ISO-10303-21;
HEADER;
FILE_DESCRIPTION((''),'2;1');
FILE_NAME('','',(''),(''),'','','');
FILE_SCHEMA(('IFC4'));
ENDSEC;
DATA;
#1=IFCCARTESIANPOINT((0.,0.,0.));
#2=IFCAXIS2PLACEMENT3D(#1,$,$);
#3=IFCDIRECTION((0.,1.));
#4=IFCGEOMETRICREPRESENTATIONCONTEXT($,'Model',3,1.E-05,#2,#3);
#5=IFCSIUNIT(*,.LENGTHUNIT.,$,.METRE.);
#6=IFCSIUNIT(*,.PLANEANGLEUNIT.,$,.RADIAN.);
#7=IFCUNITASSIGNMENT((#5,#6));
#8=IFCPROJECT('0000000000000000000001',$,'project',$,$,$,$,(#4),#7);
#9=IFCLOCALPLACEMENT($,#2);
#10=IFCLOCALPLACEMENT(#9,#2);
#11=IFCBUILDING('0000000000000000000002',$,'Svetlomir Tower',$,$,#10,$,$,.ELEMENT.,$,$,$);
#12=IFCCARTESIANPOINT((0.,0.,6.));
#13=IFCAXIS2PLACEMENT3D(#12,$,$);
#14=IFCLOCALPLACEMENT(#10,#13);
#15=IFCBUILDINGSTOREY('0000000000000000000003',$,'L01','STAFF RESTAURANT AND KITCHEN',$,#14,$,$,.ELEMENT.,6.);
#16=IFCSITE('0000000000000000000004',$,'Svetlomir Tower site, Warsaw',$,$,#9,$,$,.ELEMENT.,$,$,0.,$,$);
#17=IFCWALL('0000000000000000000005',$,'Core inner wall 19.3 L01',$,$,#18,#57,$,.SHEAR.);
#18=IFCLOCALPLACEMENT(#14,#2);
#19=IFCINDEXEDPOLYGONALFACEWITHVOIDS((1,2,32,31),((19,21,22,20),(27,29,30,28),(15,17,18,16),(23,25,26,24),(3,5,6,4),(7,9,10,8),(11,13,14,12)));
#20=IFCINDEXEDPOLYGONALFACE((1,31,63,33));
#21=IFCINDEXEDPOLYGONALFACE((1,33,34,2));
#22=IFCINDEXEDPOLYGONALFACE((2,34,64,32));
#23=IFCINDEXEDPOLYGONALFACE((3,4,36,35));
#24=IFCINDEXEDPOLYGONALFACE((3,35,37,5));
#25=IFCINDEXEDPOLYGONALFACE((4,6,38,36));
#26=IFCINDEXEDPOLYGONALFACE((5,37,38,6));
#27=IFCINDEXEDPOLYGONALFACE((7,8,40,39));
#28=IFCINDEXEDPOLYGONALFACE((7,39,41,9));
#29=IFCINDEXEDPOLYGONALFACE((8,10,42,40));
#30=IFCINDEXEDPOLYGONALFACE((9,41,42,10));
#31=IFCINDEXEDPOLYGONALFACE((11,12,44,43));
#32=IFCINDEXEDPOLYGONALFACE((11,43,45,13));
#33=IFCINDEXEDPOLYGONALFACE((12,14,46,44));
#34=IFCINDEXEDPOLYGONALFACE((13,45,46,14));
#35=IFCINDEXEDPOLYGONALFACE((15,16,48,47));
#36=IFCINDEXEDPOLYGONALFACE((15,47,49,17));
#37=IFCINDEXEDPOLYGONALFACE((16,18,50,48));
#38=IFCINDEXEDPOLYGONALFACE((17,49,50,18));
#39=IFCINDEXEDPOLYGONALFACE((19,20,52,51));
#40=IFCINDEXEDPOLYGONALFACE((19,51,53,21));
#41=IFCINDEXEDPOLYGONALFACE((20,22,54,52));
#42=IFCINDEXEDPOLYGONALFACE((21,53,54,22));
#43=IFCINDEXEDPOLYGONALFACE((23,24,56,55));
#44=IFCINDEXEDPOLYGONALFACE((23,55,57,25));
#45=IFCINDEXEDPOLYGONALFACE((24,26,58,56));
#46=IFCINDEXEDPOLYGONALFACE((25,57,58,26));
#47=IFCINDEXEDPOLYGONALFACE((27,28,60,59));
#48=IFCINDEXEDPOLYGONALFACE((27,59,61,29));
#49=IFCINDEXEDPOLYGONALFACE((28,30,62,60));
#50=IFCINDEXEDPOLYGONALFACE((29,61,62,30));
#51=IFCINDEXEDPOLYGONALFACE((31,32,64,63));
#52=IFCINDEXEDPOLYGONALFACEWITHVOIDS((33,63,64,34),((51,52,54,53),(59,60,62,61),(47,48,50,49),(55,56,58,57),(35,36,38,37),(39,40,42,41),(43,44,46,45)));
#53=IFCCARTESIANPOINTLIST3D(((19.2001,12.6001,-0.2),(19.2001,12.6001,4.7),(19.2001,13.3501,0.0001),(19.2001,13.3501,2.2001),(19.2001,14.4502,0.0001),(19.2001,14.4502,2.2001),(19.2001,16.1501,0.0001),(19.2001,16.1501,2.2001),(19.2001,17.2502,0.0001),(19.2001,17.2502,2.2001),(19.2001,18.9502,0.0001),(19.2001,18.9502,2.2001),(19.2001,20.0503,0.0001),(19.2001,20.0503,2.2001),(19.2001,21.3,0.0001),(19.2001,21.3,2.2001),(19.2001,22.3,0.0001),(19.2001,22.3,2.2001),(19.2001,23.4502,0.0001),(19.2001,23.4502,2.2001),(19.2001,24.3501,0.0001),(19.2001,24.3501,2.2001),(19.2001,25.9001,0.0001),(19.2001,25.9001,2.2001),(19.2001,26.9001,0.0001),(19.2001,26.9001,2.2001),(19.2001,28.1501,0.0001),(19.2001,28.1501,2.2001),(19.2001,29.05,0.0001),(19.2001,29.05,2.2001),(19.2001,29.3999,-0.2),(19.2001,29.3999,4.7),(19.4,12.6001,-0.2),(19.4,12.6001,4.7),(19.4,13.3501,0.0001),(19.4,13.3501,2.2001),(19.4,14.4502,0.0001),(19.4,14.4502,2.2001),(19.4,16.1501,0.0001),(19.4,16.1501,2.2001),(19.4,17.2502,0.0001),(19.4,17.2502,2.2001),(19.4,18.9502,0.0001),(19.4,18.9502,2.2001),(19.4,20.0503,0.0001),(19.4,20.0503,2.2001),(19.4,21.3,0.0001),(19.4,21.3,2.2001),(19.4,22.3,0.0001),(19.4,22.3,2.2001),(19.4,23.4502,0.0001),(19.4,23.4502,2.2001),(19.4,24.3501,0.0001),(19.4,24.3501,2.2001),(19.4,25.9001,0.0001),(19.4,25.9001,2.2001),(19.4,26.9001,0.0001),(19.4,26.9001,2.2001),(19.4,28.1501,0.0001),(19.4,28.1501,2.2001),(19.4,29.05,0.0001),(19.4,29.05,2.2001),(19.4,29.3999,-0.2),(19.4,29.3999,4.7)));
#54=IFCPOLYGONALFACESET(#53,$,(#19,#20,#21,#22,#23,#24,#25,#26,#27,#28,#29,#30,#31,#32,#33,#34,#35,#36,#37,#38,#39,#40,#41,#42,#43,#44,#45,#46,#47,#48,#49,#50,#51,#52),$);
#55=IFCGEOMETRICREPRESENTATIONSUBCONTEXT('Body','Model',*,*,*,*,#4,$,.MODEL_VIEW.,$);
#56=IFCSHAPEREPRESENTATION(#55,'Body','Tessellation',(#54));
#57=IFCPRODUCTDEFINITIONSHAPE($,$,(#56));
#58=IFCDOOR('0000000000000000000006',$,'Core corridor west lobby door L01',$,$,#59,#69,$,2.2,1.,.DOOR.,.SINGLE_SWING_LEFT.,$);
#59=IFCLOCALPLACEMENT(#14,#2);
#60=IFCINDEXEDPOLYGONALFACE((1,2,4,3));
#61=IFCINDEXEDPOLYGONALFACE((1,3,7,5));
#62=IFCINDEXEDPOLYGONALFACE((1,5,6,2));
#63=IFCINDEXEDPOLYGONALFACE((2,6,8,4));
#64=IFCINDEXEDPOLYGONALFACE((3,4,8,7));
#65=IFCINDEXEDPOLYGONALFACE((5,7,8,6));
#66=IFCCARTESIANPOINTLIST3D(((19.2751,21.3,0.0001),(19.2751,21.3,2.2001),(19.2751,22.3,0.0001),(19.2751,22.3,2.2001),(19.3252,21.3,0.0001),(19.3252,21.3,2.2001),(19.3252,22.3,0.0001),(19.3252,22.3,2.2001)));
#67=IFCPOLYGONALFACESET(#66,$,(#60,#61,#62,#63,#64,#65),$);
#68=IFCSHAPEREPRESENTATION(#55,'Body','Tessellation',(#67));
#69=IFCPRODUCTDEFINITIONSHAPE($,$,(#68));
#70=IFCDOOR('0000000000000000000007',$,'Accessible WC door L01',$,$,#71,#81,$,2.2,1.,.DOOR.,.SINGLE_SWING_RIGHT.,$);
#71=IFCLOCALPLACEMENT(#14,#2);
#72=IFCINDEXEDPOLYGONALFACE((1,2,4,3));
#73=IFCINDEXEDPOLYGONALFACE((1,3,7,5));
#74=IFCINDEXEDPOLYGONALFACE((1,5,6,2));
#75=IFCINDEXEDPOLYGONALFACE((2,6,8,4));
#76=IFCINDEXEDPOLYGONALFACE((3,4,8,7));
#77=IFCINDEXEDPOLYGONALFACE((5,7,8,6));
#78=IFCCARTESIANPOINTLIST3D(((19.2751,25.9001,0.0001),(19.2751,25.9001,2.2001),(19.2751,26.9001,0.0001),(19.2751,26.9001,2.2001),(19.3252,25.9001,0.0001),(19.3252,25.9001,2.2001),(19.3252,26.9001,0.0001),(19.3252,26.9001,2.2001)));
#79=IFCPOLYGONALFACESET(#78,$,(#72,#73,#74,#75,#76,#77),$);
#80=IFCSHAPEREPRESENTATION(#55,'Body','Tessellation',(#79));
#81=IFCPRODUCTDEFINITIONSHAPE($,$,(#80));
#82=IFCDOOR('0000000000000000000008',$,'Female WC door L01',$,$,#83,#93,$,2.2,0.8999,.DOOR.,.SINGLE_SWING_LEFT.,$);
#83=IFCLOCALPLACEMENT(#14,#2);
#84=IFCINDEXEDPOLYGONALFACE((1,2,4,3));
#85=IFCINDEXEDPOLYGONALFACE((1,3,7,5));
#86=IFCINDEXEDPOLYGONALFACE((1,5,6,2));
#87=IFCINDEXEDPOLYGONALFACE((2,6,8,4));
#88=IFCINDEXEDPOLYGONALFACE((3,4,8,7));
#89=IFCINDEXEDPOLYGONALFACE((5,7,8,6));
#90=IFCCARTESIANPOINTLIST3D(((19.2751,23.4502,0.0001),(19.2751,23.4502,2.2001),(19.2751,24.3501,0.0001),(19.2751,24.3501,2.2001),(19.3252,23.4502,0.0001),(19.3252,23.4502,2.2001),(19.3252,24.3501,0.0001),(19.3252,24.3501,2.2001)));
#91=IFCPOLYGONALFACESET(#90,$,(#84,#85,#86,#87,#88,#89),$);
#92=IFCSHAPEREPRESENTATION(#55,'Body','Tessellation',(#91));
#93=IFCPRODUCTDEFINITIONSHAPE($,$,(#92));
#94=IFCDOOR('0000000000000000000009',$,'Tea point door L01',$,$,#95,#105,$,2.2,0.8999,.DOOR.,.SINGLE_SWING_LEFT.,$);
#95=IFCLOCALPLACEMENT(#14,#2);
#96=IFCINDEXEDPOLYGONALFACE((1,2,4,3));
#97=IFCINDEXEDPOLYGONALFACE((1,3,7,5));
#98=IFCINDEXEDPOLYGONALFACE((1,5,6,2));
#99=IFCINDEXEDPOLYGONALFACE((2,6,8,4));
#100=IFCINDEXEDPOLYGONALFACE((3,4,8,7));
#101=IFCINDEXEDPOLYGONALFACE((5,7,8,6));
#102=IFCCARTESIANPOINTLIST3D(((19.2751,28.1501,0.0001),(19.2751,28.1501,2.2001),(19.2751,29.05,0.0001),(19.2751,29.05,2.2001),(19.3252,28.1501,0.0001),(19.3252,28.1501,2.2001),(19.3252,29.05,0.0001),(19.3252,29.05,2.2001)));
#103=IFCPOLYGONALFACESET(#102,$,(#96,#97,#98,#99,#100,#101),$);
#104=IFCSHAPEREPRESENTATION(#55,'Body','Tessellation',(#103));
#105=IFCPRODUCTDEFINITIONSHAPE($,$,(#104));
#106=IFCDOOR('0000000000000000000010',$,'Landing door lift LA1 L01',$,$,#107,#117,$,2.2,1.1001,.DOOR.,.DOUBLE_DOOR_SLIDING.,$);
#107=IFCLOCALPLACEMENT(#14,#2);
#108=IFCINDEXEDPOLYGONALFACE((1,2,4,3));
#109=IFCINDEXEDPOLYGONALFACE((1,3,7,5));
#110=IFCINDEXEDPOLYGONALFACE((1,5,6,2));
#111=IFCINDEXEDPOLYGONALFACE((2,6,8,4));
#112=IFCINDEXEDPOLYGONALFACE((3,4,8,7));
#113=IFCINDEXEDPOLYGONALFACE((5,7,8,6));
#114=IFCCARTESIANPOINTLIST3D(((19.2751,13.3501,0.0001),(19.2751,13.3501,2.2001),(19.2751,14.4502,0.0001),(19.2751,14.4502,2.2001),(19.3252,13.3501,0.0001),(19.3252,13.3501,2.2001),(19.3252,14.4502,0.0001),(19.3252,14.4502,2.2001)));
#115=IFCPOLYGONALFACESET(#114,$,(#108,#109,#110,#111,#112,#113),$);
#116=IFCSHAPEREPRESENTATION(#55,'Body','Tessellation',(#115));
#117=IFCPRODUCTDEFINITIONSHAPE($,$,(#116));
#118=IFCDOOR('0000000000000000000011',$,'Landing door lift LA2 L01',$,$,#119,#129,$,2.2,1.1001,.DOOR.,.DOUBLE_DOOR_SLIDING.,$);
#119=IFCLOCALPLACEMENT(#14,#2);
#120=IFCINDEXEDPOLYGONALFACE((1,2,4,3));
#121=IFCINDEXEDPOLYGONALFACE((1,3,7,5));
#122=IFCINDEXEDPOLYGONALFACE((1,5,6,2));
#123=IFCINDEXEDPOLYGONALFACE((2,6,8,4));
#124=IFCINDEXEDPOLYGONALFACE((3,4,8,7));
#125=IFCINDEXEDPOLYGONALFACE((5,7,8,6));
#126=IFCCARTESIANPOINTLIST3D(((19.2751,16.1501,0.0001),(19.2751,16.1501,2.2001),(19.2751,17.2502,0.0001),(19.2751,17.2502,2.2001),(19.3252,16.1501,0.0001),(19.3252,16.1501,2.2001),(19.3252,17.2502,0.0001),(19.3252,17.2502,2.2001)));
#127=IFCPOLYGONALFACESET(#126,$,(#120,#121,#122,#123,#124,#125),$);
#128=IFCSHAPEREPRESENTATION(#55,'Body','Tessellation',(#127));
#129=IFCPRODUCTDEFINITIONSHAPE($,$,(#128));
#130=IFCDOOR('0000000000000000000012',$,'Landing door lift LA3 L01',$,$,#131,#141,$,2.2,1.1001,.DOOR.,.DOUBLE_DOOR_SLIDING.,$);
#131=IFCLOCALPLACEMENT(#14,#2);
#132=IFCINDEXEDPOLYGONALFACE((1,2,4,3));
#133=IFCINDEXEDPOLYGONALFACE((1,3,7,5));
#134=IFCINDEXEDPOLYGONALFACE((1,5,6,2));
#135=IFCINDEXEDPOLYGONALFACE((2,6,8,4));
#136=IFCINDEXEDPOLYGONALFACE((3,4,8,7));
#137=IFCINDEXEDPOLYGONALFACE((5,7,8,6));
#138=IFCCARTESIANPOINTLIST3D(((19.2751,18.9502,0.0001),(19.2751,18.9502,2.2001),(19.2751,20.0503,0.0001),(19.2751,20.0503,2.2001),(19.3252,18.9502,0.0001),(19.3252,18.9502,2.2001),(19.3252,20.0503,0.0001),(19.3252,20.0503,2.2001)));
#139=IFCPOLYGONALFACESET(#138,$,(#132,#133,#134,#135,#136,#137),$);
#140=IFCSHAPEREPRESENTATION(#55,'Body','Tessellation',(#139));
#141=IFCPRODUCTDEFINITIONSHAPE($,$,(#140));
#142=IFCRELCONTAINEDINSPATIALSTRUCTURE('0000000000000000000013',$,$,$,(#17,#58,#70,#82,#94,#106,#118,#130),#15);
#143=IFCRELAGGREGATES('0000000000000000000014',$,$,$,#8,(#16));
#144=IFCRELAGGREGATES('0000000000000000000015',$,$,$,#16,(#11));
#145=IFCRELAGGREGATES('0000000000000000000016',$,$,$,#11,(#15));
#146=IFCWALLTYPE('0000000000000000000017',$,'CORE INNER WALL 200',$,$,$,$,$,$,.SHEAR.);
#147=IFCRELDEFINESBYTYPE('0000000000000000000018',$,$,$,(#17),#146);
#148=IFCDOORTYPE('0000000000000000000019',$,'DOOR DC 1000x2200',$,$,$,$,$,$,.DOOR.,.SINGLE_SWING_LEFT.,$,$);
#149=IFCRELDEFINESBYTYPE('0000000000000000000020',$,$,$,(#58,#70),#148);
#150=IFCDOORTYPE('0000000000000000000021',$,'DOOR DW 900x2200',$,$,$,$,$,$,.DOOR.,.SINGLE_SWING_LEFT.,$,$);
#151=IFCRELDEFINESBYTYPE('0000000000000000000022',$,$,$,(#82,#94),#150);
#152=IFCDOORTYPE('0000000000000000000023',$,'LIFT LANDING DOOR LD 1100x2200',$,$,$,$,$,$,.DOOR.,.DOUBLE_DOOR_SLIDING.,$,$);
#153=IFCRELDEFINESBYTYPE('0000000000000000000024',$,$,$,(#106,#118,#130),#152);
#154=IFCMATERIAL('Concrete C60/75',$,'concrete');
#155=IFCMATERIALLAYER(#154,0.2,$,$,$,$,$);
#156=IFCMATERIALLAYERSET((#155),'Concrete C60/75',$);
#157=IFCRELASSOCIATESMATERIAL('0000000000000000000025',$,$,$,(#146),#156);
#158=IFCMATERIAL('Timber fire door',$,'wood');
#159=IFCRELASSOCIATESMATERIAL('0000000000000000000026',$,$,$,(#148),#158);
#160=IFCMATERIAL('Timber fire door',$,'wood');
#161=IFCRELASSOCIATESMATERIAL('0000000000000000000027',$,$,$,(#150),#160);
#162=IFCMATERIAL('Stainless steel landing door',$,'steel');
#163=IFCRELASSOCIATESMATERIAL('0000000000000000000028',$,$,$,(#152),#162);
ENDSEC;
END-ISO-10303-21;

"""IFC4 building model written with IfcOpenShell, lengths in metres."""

from ifc_helpers import new_model, si_unit, direction, frame, frame_2d, origin, place, context, subcontext, project, spatial, rectangle, extrude, material, layer, layer_set, type_object, element, fill, save


model = new_model("IFC4")

# Units and contexts
model_context = context("Model", 3, precision=1e-05, world=origin(), true_north=direction((0.0, 1.0)))
body_context = subcontext(model_context, "Body", "Model", "MODEL_VIEW")
ifc_project = project(units=[si_unit("LENGTHUNIT", "METRE"), si_unit("PLANEANGLEUNIT", "RADIAN")], contexts=[model_context])

# Site, building, storey
site_placement = place(None, origin())
site = spatial("IfcSite", under=ifc_project, at=site_placement, Name="Svetlomir Tower site, Warsaw", CompositionType="ELEMENT", RefElevation=0.0)
building_placement = place(site_placement, origin())
building = spatial("IfcBuilding", under=site, at=building_placement, Name="Svetlomir Tower", CompositionType="ELEMENT")
storey_placement = place(building_placement, frame((0.0, 0.0, 6.0)))
storey = spatial("IfcBuildingStorey", under=building, at=storey_placement, Name="L01", Description="STAFF RESTAURANT AND KITCHEN", CompositionType="ELEMENT", Elevation=6.0)

# Wall, openings, doors
ifc_material_1 = material(Name="Concrete C60/75", Category="concrete")
ifc_layer = layer(ifc_material_1, 0.2)
ifc_layer_set = layer_set([ifc_layer], Name="Concrete C60/75")
wall_type = type_object("IfcWallType", Name="CORE INNER WALL 200", PredefinedType="SHEAR", material=ifc_layer_set)
wall_1_placement = place(storey_placement, frame((19.3, 12.6001, -0.2), z_axis=(0.0, 0.0, 1.0), x_axis=(0.0, 1.0, 0.0)))
wall_1 = element("IfcWall", 1, at=wall_1_placement, inside=storey, type_object=wall_type, Name="Core inner wall 19.3 L01", PredefinedType="SHEAR", context=body_context, shape_type="SweptSolid", body=[
    extrude(rectangle(XDim=16.7998, YDim=0.2, at=frame_2d((8.3999, 0.0))), origin(), (0.0, 0.0, 1.0), 4.8999),
])
opening_1_placement = place(wall_1_placement, frame((8.7, 0.0, 0.2)))
opening_1 = element("IfcOpeningElement", 2, at=opening_1_placement, cuts=wall_1, PredefinedType="OPENING", context=body_context, shape_type="SweptSolid", body=[
    extrude(rectangle(XDim=1.0, YDim=2.2, at=frame_2d((0.5, 1.1001))), frame((0.0, 0.1099, 0.0), z_axis=(0.0, -1.0, 0.0), x_axis=(1.0, 0.0, 0.0)), (0.0, 0.0, 1.0), 0.22),
])
opening_2_placement = place(wall_1_placement, frame((10.8501, 0.0, 0.2)))
opening_2 = element("IfcOpeningElement", 3, at=opening_2_placement, cuts=wall_1, PredefinedType="OPENING", context=body_context, shape_type="SweptSolid", body=[
    extrude(rectangle(XDim=0.8999, YDim=2.2, at=frame_2d((0.45, 1.1001))), frame((0.0, 0.1099, 0.0), z_axis=(0.0, -1.0, 0.0), x_axis=(1.0, 0.0, 0.0)), (0.0, 0.0, 1.0), 0.22),
])
opening_3_placement = place(wall_1_placement, frame((13.3, 0.0, 0.2)))
opening_3 = element("IfcOpeningElement", 4, at=opening_3_placement, cuts=wall_1, PredefinedType="OPENING", context=body_context, shape_type="SweptSolid", body=[
    extrude(rectangle(XDim=1.0, YDim=2.2, at=frame_2d((0.5, 1.1001))), frame((0.0, 0.1099, 0.0), z_axis=(0.0, -1.0, 0.0), x_axis=(1.0, 0.0, 0.0)), (0.0, 0.0, 1.0), 0.22),
])
opening_4_placement = place(wall_1_placement, frame((15.55, 0.0, 0.2)))
opening_4 = element("IfcOpeningElement", 5, at=opening_4_placement, cuts=wall_1, PredefinedType="OPENING", context=body_context, shape_type="SweptSolid", body=[
    extrude(rectangle(XDim=0.8999, YDim=2.2, at=frame_2d((0.45, 1.1001))), frame((0.0, 0.1099, 0.0), z_axis=(0.0, -1.0, 0.0), x_axis=(1.0, 0.0, 0.0)), (0.0, 0.0, 1.0), 0.22),
])
opening_5_placement = place(wall_1_placement, frame((0.75, 0.0, 0.2)))
opening_5 = element("IfcOpeningElement", 6, at=opening_5_placement, cuts=wall_1, PredefinedType="OPENING", context=body_context, shape_type="SweptSolid", body=[
    extrude(rectangle(XDim=1.1001, YDim=2.2, at=frame_2d((0.55, 1.1001))), frame((0.0, 0.1099, 0.0), z_axis=(0.0, -1.0, 0.0), x_axis=(1.0, 0.0, 0.0)), (0.0, 0.0, 1.0), 0.22),
])
opening_6_placement = place(wall_1_placement, frame((3.55, 0.0, 0.2)))
opening_6 = element("IfcOpeningElement", 7, at=opening_6_placement, cuts=wall_1, PredefinedType="OPENING", context=body_context, shape_type="SweptSolid", body=[
    extrude(rectangle(XDim=1.1001, YDim=2.2, at=frame_2d((0.55, 1.1001))), frame((0.0, 0.1099, 0.0), z_axis=(0.0, -1.0, 0.0), x_axis=(1.0, 0.0, 0.0)), (0.0, 0.0, 1.0), 0.22),
])
opening_7_placement = place(wall_1_placement, frame((6.3501, 0.0, 0.2)))
opening_7 = element("IfcOpeningElement", 8, at=opening_7_placement, cuts=wall_1, PredefinedType="OPENING", context=body_context, shape_type="SweptSolid", body=[
    extrude(rectangle(XDim=1.1001, YDim=2.2, at=frame_2d((0.55, 1.1001))), frame((0.0, 0.1099, 0.0), z_axis=(0.0, -1.0, 0.0), x_axis=(1.0, 0.0, 0.0)), (0.0, 0.0, 1.0), 0.22),
])
ifc_material_2 = material(Name="Timber fire door", Category="wood")
door_type_1 = type_object("IfcDoorType", Name="DOOR DC 1000x2200", OperationType="SINGLE_SWING_LEFT", PredefinedType="DOOR", material=ifc_material_2)
door_1_placement = place(opening_1_placement, origin())
door_1 = element("IfcDoor", 9, at=door_1_placement, inside=storey, type_object=door_type_1, Name="Core corridor west lobby door L01", OperationType="SINGLE_SWING_LEFT", OverallHeight=2.2, OverallWidth=1.0, PredefinedType="DOOR", context=body_context, shape_type="SweptSolid", body=[
    extrude(rectangle(XDim=1.0, YDim=2.2, at=frame_2d((0.5, 1.1001))), frame((0.0, 0.0249, 0.0), z_axis=(0.0, -1.0, 0.0), x_axis=(1.0, 0.0, 0.0)), (0.0, 0.0, 1.0), 0.05),
])
fill(opening_1, door_1)
door_2_placement = place(opening_3_placement, origin())
door_2 = element("IfcDoor", 10, at=door_2_placement, inside=storey, type_object=door_type_1, Name="Accessible WC door L01", OperationType="SINGLE_SWING_RIGHT", OverallHeight=2.2, OverallWidth=1.0, PredefinedType="DOOR", context=body_context, shape_type="SweptSolid", body=[
    extrude(rectangle(XDim=1.0, YDim=2.2, at=frame_2d((0.5, 1.1001))), frame((0.0, 0.0249, 0.0), z_axis=(0.0, -1.0, 0.0), x_axis=(1.0, 0.0, 0.0)), (0.0, 0.0, 1.0), 0.05),
])
fill(opening_3, door_2)
ifc_material_3 = material(Name="Timber fire door", Category="wood")
door_type_2 = type_object("IfcDoorType", Name="DOOR DW 900x2200", OperationType="SINGLE_SWING_LEFT", PredefinedType="DOOR", material=ifc_material_3)
door_3_placement = place(opening_2_placement, origin())
door_3 = element("IfcDoor", 11, at=door_3_placement, inside=storey, type_object=door_type_2, Name="Female WC door L01", OperationType="SINGLE_SWING_LEFT", OverallHeight=2.2, OverallWidth=0.8999, PredefinedType="DOOR", context=body_context, shape_type="SweptSolid", body=[
    extrude(rectangle(XDim=0.8999, YDim=2.2, at=frame_2d((0.45, 1.1001))), frame((0.0, 0.0249, 0.0), z_axis=(0.0, -1.0, 0.0), x_axis=(1.0, 0.0, 0.0)), (0.0, 0.0, 1.0), 0.05),
])
fill(opening_2, door_3)
door_4_placement = place(opening_4_placement, origin())
door_4 = element("IfcDoor", 12, at=door_4_placement, inside=storey, type_object=door_type_2, Name="Tea point door L01", OperationType="SINGLE_SWING_LEFT", OverallHeight=2.2, OverallWidth=0.8999, PredefinedType="DOOR", context=body_context, shape_type="SweptSolid", body=[
    extrude(rectangle(XDim=0.8999, YDim=2.2, at=frame_2d((0.45, 1.1001))), frame((0.0, 0.0249, 0.0), z_axis=(0.0, -1.0, 0.0), x_axis=(1.0, 0.0, 0.0)), (0.0, 0.0, 1.0), 0.05),
])
fill(opening_4, door_4)
ifc_material_4 = material(Name="Stainless steel landing door", Category="steel")
door_type_3 = type_object("IfcDoorType", Name="LIFT LANDING DOOR LD 1100x2200", OperationType="DOUBLE_DOOR_SLIDING", PredefinedType="DOOR", material=ifc_material_4)
door_5_placement = place(opening_5_placement, origin())
door_5 = element("IfcDoor", 13, at=door_5_placement, inside=storey, type_object=door_type_3, Name="Landing door lift LA1 L01", OperationType="DOUBLE_DOOR_SLIDING", OverallHeight=2.2, OverallWidth=1.1001, PredefinedType="DOOR", context=body_context, shape_type="SweptSolid", body=[
    extrude(rectangle(XDim=1.1001, YDim=2.2, at=frame_2d((0.55, 1.1001))), frame((0.0, 0.0249, 0.0), z_axis=(0.0, -1.0, 0.0), x_axis=(1.0, 0.0, 0.0)), (0.0, 0.0, 1.0), 0.05),
])
fill(opening_5, door_5)
door_6_placement = place(opening_6_placement, origin())
door_6 = element("IfcDoor", 14, at=door_6_placement, inside=storey, type_object=door_type_3, Name="Landing door lift LA2 L01", OperationType="DOUBLE_DOOR_SLIDING", OverallHeight=2.2, OverallWidth=1.1001, PredefinedType="DOOR", context=body_context, shape_type="SweptSolid", body=[
    extrude(rectangle(XDim=1.1001, YDim=2.2, at=frame_2d((0.55, 1.1001))), frame((0.0, 0.0249, 0.0), z_axis=(0.0, -1.0, 0.0), x_axis=(1.0, 0.0, 0.0)), (0.0, 0.0, 1.0), 0.05),
])
fill(opening_6, door_6)
door_7_placement = place(opening_7_placement, origin())
door_7 = element("IfcDoor", 15, at=door_7_placement, inside=storey, type_object=door_type_3, Name="Landing door lift LA3 L01", OperationType="DOUBLE_DOOR_SLIDING", OverallHeight=2.2, OverallWidth=1.1001, PredefinedType="DOOR", context=body_context, shape_type="SweptSolid", body=[
    extrude(rectangle(XDim=1.1001, YDim=2.2, at=frame_2d((0.55, 1.1001))), frame((0.0, 0.0249, 0.0), z_axis=(0.0, -1.0, 0.0), x_axis=(1.0, 0.0, 0.0)), (0.0, 0.0, 1.0), 0.05),
])
fill(opening_7, door_7)

save(model, "model.ifc")
